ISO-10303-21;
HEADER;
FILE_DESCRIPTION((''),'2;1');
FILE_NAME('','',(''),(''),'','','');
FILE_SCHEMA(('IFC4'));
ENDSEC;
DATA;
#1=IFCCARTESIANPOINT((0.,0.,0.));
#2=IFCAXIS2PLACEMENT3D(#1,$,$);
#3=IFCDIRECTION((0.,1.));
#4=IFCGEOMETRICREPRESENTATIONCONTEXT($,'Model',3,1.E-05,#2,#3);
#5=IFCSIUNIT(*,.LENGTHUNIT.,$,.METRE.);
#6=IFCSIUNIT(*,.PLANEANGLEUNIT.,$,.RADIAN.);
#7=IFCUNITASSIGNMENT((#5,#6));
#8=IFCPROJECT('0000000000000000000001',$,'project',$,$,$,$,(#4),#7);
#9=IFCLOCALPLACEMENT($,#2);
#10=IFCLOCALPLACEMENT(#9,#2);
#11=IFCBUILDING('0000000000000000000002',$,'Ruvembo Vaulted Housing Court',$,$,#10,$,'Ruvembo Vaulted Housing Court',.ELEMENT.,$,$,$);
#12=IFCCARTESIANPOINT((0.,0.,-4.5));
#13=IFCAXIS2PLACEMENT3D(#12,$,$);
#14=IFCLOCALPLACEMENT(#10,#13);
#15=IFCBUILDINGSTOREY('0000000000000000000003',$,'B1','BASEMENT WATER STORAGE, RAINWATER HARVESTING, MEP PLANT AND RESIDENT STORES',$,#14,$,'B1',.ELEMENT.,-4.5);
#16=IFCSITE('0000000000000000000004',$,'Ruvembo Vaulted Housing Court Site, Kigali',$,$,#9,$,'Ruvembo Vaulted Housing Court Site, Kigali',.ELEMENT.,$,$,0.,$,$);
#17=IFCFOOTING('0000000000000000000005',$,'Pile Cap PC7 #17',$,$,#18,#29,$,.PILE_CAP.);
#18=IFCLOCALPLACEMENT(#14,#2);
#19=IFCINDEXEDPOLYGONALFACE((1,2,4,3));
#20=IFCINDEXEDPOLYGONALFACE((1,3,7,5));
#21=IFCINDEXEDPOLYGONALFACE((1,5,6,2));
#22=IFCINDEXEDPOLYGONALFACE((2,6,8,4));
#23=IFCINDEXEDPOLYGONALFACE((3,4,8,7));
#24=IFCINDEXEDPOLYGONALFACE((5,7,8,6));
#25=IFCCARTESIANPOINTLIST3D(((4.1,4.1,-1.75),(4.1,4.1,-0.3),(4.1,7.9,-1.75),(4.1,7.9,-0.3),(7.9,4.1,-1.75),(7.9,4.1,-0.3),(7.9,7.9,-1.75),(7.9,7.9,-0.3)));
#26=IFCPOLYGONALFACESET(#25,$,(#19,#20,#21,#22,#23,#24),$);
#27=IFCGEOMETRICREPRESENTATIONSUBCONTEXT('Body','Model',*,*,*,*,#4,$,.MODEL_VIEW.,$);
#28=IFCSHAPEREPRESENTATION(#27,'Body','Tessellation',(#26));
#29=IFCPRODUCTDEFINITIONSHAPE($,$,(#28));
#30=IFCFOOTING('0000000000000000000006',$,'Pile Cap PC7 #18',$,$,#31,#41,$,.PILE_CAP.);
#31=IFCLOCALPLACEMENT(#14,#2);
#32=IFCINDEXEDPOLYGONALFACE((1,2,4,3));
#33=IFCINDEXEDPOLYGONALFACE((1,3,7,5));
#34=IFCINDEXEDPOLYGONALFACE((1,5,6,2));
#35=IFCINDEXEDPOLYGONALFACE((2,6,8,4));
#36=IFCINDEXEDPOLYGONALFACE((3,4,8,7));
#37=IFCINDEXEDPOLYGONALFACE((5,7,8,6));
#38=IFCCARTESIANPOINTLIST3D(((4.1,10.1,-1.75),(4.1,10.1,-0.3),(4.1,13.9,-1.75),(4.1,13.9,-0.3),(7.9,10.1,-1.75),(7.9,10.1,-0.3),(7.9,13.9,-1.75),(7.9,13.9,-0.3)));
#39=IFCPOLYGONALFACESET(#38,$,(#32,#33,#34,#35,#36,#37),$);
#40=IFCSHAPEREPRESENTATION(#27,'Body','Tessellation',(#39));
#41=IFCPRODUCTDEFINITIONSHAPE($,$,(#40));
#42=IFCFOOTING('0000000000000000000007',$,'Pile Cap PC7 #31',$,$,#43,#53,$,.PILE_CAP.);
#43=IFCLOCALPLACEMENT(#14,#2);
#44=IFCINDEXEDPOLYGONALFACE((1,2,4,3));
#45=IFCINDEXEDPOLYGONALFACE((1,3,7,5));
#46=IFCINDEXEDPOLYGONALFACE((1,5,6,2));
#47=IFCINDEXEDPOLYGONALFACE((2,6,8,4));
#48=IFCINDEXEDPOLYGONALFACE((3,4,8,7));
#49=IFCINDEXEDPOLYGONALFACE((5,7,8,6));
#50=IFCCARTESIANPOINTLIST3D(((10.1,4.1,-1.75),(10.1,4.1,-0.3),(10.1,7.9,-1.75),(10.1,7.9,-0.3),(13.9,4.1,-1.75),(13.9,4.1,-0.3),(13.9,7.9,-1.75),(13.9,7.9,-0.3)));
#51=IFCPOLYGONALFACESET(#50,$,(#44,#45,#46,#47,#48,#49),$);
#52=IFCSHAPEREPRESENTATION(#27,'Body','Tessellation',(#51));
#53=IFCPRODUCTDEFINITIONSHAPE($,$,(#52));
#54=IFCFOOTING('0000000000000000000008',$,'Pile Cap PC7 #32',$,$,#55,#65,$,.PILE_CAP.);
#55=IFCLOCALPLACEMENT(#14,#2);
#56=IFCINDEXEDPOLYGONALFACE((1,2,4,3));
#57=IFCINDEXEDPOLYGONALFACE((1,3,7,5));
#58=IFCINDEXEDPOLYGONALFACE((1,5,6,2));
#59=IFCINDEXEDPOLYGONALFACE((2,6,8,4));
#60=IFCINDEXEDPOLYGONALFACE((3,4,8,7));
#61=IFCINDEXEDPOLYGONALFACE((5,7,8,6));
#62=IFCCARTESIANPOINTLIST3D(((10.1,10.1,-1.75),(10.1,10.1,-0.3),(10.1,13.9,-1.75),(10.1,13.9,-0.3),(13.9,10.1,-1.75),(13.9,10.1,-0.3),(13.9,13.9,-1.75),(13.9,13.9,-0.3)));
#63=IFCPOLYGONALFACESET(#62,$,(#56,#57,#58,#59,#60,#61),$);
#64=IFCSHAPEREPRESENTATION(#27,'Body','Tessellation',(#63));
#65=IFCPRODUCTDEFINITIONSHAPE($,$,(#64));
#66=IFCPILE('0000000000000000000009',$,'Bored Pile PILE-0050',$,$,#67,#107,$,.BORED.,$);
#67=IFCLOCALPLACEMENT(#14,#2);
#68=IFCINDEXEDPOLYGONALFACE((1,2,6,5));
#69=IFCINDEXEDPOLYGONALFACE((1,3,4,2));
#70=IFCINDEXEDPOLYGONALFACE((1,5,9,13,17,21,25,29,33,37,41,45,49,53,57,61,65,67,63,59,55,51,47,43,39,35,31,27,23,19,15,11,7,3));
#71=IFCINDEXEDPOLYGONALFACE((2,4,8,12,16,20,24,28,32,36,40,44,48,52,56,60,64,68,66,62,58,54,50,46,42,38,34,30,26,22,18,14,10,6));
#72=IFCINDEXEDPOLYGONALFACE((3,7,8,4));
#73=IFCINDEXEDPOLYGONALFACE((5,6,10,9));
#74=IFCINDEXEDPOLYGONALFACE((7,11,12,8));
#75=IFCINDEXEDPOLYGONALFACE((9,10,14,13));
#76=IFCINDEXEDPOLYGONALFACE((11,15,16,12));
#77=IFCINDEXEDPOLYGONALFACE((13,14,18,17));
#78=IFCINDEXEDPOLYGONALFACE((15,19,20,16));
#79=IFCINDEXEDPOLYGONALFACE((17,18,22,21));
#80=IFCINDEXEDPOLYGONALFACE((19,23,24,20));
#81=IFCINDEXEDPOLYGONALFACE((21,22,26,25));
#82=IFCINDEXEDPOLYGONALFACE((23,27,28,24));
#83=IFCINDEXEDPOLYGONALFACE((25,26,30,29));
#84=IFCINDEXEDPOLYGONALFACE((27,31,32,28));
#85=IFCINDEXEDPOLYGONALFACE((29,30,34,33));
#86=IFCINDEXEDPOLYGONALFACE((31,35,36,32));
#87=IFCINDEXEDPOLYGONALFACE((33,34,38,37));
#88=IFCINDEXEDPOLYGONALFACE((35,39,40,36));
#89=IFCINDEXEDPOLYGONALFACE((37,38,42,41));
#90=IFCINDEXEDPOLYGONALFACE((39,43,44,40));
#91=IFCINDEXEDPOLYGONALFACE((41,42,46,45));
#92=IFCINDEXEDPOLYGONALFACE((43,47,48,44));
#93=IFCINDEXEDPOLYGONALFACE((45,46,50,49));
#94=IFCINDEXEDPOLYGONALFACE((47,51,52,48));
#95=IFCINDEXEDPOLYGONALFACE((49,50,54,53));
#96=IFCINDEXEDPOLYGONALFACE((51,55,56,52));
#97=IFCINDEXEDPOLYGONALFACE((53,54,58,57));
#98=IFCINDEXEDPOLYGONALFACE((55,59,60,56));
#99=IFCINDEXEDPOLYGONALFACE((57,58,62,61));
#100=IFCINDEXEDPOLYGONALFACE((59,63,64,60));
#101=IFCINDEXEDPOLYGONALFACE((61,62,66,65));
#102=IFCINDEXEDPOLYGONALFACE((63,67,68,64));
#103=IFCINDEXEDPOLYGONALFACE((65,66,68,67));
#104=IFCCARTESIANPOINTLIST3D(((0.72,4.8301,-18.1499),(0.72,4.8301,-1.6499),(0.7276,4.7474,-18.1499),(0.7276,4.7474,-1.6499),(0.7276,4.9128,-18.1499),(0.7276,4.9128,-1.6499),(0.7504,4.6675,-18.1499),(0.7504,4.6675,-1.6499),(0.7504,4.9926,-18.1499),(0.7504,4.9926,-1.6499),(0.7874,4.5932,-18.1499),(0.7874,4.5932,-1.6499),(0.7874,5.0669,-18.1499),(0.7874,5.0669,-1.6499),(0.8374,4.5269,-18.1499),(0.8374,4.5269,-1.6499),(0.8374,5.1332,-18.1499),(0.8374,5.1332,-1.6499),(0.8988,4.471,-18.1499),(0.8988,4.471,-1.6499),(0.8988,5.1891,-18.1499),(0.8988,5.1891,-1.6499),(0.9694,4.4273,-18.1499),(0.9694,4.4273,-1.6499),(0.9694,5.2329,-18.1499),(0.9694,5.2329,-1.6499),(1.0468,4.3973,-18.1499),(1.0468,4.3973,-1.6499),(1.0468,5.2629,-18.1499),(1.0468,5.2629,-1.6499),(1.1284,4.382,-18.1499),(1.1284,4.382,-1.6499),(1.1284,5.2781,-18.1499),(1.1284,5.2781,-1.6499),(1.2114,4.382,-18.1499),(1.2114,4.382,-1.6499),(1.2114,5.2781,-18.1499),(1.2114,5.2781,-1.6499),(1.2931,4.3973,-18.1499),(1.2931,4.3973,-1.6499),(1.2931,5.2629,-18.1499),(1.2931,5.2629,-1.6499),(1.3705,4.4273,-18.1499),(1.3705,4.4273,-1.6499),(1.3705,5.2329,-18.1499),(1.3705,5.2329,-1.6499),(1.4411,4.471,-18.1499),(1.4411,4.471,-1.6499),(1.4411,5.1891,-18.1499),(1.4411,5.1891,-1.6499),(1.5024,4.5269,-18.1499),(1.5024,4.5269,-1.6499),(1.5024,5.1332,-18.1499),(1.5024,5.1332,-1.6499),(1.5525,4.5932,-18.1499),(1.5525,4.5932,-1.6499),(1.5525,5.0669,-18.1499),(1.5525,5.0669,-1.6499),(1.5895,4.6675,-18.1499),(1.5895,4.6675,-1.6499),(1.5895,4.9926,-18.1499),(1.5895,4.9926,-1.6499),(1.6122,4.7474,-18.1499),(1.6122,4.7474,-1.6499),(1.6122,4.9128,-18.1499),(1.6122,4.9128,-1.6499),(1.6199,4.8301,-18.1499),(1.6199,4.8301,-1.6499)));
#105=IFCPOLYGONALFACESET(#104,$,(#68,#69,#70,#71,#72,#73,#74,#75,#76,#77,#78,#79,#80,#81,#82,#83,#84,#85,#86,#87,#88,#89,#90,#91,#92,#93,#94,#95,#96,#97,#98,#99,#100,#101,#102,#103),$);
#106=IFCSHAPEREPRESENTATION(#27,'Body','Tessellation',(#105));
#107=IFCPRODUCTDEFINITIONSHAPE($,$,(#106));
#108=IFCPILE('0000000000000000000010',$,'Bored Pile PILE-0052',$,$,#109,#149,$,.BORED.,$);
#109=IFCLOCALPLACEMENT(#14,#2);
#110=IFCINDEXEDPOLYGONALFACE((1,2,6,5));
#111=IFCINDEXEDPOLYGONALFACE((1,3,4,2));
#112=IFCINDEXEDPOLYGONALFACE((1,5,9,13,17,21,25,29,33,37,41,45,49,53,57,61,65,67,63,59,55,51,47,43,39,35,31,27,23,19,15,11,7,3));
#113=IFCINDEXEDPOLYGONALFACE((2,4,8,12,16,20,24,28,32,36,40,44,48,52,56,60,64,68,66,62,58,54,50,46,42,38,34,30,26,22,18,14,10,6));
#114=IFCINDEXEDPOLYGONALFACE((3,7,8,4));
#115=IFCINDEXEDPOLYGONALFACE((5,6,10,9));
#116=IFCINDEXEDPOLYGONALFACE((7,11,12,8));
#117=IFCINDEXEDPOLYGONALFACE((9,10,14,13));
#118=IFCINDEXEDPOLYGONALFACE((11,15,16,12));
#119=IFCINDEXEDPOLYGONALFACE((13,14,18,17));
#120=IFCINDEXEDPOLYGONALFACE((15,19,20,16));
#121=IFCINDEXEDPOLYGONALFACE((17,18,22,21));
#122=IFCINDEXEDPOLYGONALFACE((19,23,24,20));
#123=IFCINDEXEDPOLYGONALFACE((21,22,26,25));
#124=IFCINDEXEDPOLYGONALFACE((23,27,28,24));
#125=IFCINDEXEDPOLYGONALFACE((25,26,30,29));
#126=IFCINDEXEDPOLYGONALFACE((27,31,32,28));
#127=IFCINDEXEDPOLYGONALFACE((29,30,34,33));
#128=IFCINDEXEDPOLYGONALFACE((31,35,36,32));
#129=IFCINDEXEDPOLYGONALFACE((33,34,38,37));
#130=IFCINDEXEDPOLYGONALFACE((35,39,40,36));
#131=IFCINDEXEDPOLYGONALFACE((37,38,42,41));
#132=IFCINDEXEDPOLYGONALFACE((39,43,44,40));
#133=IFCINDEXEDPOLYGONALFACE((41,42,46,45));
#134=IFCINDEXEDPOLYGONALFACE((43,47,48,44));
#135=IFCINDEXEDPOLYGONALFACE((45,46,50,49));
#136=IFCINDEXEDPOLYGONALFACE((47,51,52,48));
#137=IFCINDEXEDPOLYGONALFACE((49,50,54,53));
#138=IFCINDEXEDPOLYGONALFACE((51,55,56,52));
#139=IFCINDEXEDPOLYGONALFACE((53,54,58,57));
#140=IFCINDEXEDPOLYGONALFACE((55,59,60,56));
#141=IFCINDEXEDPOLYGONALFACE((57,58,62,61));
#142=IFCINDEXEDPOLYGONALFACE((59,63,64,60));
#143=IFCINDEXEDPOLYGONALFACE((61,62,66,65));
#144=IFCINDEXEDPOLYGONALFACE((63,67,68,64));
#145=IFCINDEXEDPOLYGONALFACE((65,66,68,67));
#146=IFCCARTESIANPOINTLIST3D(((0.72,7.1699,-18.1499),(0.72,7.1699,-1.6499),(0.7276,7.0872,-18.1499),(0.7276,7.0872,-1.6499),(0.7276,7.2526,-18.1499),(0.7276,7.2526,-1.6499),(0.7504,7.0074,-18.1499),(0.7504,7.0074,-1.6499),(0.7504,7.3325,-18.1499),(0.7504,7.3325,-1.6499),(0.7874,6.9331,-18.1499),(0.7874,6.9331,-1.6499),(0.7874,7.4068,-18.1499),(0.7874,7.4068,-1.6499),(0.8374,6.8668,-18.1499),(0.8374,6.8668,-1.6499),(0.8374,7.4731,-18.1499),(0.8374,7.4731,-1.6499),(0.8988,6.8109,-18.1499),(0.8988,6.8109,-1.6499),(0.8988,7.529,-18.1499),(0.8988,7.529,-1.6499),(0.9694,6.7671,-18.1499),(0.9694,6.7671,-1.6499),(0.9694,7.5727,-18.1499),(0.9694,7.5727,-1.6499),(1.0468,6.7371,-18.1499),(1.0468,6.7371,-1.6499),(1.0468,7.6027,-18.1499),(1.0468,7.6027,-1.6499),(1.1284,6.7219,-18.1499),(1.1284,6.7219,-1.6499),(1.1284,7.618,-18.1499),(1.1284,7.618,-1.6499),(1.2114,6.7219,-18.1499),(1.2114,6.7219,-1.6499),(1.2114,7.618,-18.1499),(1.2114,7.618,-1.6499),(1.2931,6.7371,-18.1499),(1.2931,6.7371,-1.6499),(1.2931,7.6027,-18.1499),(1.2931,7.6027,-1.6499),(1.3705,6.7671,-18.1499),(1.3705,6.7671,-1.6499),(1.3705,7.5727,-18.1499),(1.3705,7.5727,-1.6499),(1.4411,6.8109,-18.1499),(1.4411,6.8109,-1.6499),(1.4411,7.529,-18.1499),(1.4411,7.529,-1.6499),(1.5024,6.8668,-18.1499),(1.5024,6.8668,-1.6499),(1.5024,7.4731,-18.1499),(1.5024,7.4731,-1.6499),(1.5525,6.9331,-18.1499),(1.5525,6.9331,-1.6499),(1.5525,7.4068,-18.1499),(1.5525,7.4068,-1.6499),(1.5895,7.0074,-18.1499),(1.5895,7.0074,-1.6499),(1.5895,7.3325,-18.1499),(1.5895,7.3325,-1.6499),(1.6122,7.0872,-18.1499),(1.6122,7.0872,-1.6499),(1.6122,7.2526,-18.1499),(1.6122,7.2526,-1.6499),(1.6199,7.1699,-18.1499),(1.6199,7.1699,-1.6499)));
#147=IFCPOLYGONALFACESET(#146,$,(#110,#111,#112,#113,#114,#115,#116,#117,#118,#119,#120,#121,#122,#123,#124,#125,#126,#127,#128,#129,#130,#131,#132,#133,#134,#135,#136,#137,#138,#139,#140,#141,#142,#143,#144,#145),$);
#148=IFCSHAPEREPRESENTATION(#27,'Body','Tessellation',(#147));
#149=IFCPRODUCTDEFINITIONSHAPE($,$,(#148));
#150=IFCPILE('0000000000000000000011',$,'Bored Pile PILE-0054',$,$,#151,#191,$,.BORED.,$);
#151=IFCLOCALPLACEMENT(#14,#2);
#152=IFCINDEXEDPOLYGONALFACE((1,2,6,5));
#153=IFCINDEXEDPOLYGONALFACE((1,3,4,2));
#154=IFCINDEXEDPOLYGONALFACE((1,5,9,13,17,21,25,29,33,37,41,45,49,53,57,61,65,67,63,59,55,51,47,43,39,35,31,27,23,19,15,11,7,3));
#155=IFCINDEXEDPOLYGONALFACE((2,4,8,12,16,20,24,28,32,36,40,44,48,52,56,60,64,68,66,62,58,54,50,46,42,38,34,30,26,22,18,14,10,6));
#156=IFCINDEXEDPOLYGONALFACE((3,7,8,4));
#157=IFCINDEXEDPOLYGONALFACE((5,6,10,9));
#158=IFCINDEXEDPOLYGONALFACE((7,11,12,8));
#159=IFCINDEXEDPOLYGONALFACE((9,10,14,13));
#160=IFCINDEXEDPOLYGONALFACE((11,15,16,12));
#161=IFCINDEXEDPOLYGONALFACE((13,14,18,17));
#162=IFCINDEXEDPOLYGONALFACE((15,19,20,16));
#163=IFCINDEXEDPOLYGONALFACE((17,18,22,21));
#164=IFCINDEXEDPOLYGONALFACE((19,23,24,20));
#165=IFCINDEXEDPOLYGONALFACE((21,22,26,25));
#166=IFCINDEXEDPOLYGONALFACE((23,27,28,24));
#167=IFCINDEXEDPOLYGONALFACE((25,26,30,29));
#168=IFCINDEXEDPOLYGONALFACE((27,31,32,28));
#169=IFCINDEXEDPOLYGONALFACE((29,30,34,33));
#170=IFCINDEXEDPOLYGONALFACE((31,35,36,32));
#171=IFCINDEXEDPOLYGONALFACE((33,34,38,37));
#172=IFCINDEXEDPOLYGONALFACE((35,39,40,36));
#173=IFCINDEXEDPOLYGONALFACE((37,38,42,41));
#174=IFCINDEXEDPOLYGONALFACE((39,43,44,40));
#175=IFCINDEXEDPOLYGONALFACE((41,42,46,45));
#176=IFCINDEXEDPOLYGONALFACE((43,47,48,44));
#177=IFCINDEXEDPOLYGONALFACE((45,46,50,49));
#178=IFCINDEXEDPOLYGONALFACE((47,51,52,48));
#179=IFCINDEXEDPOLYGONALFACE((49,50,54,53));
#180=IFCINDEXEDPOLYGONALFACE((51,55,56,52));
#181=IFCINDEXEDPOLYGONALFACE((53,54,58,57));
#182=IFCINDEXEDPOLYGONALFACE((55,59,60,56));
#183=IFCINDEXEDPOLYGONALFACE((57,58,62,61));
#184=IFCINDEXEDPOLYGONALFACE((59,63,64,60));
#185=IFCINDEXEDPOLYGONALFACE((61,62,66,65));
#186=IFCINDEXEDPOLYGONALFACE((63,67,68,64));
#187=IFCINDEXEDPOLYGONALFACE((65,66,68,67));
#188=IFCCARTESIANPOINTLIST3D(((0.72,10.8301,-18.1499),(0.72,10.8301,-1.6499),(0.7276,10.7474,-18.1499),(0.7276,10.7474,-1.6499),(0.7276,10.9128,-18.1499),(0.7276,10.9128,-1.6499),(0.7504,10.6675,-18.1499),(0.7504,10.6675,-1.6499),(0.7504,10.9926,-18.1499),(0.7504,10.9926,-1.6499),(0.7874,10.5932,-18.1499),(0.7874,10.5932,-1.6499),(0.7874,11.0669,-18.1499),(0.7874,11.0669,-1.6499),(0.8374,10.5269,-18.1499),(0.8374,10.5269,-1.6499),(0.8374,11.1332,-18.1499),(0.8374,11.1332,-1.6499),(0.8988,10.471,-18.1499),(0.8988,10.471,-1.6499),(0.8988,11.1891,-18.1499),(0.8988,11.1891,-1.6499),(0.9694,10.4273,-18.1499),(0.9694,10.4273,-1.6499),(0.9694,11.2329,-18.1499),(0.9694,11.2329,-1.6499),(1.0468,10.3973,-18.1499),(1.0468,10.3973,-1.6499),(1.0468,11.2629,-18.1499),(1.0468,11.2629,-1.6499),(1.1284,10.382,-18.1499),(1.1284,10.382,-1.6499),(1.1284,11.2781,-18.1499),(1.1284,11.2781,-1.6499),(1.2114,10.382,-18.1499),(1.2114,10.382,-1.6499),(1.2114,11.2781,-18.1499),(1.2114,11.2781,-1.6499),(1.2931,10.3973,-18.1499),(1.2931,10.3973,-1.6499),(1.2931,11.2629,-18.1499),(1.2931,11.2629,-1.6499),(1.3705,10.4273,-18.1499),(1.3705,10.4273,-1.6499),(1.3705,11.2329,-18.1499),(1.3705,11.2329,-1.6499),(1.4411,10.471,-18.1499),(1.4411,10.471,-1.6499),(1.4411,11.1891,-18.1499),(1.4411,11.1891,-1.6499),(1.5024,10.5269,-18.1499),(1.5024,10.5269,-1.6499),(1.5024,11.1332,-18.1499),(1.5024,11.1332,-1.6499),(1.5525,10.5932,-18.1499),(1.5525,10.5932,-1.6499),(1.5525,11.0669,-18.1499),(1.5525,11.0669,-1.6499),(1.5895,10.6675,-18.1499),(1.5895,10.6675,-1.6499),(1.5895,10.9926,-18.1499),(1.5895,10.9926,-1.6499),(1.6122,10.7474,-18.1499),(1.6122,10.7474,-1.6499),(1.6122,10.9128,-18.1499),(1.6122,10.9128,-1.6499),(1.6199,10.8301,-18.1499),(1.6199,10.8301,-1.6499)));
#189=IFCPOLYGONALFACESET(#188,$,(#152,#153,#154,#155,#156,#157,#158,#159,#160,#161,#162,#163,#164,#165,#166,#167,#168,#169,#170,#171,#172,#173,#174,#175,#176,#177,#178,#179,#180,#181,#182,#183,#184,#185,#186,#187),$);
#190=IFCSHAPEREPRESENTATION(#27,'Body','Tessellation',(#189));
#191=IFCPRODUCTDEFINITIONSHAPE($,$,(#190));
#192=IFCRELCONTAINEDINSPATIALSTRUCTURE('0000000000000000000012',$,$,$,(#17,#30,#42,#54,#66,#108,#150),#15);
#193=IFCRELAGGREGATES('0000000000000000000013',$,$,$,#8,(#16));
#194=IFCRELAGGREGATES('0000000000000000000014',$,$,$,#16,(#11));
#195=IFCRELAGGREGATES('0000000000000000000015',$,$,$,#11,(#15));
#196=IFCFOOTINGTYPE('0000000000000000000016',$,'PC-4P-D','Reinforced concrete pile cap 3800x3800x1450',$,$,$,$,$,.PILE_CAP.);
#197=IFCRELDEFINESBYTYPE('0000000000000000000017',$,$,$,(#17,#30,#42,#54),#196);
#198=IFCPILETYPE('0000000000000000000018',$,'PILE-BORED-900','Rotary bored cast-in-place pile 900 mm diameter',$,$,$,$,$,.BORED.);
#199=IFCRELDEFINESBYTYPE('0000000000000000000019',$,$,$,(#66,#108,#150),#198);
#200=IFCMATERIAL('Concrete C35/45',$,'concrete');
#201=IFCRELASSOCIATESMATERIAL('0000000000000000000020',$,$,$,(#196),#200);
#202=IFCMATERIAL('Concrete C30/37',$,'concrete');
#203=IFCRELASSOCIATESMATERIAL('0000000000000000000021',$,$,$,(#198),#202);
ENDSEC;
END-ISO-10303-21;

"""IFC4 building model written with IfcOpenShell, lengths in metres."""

from ifc_helpers import new_model, si_unit, direction, frame, origin, origin_2d, place, context, subcontext, project, spatial, rectangle, circle, extrude, material, material_profile, profile_set, type_object, element, save


model = new_model("IFC4")

# Units and contexts
model_context = context("Model", 3, precision=1e-05, world=origin(), true_north=direction((0.0, 1.0)))
body_context = subcontext(model_context, "Body", "Model", "MODEL_VIEW")
ifc_project = project(units=[si_unit("LENGTHUNIT", "METRE"), si_unit("PLANEANGLEUNIT", "RADIAN")], contexts=[model_context])

# Site, building, storey
site_placement = place(None, origin())
site = spatial("IfcSite", under=ifc_project, at=site_placement, Name="Ruvembo Vaulted Housing Court Site, Kigali", LongName="Ruvembo Vaulted Housing Court Site, Kigali", CompositionType="ELEMENT", RefElevation=0.0)
building_placement = place(site_placement, origin())
building = spatial("IfcBuilding", under=site, at=building_placement, Name="Ruvembo Vaulted Housing Court", LongName="Ruvembo Vaulted Housing Court", CompositionType="ELEMENT")
storey_placement = place(building_placement, frame((0.0, 0.0, -4.5)))
storey = spatial("IfcBuildingStorey", under=building, at=storey_placement, Name="B1", Description="BASEMENT WATER STORAGE, RAINWATER HARVESTING, MEP PLANT AND RESIDENT STORES", LongName="B1", CompositionType="ELEMENT", Elevation=-4.5)

# Footings
ifc_material_1 = material(Name="Concrete C35/45", Category="concrete")
footing_type = type_object("IfcFootingType", Name="PC-4P-D", Description="Reinforced concrete pile cap 3800x3800x1450", PredefinedType="PILE_CAP", material=ifc_material_1)
for number, where, z_axis, x_axis, name in (
    (1, (6.0, 6.0, -1.75), (0.0, 0.0, 1.0), (1.0, 0.0, 0.0), "Pile Cap PC7 #17"),
    (2, (6.0, 12.0, -1.75), (0.0, 0.0, 1.0), (1.0, 0.0, 0.0), "Pile Cap PC7 #18"),
    (3, (12.0, 6.0, -1.75), (0.0, 0.0, 1.0), (1.0, 0.0, 0.0), "Pile Cap PC7 #31"),
    (4, (12.0, 12.0, -1.75), (0.0, 0.0, 1.0), (1.0, 0.0, 0.0), "Pile Cap PC7 #32"),
):
    element("IfcFooting", number, at=place(storey_placement, frame(where, z_axis=z_axis, x_axis=x_axis)), inside=storey, type_object=footing_type, Name=name, PredefinedType="PILE_CAP", context=body_context, shape_type="SweptSolid", body=[
        extrude(rectangle(XDim=3.8, YDim=3.8, at=origin_2d()), origin(), (0.0, 0.0, 1.0), 1.45),
    ])

# Piles
ifc_material_2 = material(Name="Concrete C30/37", Category="concrete")
ifc_material_profile_1 = material_profile(ifc_material_2, circle(Radius=0.45, at=origin_2d()), Name="PILE D900")
ifc_profile_set_1 = profile_set([ifc_material_profile_1], Name="Concrete C30/37")
pile_type = type_object("IfcPileType", Name="PILE-BORED-900", Description="Rotary bored cast-in-place pile 900 mm diameter", PredefinedType="BORED", material=ifc_profile_set_1)
for number, where, z_axis, x_axis, name in (
    (5, (1.1699, 4.8301, -1.6499), (0.0, 0.0, -1.0), (1.0, 0.0, 0.0), "Bored Pile PILE-0050"),
    (6, (1.1699, 7.1699, -1.6499), (0.0, 0.0, -1.0), (1.0, 0.0, 0.0), "Bored Pile PILE-0052"),
    (7, (1.1699, 10.8301, -1.6499), (0.0, 0.0, -1.0), (1.0, 0.0, 0.0), "Bored Pile PILE-0054"),
):
    element("IfcPile", number, at=place(storey_placement, frame(where, z_axis=z_axis, x_axis=x_axis)), inside=storey, type_object=pile_type, Name=name, PredefinedType="BORED", context=body_context, shape_type="SweptSolid", body=[
        extrude(circle(Radius=0.45, at=origin_2d()), origin(), (0.0, 0.0, 1.0), 16.5),
    ])

save(model, "model.ifc")
